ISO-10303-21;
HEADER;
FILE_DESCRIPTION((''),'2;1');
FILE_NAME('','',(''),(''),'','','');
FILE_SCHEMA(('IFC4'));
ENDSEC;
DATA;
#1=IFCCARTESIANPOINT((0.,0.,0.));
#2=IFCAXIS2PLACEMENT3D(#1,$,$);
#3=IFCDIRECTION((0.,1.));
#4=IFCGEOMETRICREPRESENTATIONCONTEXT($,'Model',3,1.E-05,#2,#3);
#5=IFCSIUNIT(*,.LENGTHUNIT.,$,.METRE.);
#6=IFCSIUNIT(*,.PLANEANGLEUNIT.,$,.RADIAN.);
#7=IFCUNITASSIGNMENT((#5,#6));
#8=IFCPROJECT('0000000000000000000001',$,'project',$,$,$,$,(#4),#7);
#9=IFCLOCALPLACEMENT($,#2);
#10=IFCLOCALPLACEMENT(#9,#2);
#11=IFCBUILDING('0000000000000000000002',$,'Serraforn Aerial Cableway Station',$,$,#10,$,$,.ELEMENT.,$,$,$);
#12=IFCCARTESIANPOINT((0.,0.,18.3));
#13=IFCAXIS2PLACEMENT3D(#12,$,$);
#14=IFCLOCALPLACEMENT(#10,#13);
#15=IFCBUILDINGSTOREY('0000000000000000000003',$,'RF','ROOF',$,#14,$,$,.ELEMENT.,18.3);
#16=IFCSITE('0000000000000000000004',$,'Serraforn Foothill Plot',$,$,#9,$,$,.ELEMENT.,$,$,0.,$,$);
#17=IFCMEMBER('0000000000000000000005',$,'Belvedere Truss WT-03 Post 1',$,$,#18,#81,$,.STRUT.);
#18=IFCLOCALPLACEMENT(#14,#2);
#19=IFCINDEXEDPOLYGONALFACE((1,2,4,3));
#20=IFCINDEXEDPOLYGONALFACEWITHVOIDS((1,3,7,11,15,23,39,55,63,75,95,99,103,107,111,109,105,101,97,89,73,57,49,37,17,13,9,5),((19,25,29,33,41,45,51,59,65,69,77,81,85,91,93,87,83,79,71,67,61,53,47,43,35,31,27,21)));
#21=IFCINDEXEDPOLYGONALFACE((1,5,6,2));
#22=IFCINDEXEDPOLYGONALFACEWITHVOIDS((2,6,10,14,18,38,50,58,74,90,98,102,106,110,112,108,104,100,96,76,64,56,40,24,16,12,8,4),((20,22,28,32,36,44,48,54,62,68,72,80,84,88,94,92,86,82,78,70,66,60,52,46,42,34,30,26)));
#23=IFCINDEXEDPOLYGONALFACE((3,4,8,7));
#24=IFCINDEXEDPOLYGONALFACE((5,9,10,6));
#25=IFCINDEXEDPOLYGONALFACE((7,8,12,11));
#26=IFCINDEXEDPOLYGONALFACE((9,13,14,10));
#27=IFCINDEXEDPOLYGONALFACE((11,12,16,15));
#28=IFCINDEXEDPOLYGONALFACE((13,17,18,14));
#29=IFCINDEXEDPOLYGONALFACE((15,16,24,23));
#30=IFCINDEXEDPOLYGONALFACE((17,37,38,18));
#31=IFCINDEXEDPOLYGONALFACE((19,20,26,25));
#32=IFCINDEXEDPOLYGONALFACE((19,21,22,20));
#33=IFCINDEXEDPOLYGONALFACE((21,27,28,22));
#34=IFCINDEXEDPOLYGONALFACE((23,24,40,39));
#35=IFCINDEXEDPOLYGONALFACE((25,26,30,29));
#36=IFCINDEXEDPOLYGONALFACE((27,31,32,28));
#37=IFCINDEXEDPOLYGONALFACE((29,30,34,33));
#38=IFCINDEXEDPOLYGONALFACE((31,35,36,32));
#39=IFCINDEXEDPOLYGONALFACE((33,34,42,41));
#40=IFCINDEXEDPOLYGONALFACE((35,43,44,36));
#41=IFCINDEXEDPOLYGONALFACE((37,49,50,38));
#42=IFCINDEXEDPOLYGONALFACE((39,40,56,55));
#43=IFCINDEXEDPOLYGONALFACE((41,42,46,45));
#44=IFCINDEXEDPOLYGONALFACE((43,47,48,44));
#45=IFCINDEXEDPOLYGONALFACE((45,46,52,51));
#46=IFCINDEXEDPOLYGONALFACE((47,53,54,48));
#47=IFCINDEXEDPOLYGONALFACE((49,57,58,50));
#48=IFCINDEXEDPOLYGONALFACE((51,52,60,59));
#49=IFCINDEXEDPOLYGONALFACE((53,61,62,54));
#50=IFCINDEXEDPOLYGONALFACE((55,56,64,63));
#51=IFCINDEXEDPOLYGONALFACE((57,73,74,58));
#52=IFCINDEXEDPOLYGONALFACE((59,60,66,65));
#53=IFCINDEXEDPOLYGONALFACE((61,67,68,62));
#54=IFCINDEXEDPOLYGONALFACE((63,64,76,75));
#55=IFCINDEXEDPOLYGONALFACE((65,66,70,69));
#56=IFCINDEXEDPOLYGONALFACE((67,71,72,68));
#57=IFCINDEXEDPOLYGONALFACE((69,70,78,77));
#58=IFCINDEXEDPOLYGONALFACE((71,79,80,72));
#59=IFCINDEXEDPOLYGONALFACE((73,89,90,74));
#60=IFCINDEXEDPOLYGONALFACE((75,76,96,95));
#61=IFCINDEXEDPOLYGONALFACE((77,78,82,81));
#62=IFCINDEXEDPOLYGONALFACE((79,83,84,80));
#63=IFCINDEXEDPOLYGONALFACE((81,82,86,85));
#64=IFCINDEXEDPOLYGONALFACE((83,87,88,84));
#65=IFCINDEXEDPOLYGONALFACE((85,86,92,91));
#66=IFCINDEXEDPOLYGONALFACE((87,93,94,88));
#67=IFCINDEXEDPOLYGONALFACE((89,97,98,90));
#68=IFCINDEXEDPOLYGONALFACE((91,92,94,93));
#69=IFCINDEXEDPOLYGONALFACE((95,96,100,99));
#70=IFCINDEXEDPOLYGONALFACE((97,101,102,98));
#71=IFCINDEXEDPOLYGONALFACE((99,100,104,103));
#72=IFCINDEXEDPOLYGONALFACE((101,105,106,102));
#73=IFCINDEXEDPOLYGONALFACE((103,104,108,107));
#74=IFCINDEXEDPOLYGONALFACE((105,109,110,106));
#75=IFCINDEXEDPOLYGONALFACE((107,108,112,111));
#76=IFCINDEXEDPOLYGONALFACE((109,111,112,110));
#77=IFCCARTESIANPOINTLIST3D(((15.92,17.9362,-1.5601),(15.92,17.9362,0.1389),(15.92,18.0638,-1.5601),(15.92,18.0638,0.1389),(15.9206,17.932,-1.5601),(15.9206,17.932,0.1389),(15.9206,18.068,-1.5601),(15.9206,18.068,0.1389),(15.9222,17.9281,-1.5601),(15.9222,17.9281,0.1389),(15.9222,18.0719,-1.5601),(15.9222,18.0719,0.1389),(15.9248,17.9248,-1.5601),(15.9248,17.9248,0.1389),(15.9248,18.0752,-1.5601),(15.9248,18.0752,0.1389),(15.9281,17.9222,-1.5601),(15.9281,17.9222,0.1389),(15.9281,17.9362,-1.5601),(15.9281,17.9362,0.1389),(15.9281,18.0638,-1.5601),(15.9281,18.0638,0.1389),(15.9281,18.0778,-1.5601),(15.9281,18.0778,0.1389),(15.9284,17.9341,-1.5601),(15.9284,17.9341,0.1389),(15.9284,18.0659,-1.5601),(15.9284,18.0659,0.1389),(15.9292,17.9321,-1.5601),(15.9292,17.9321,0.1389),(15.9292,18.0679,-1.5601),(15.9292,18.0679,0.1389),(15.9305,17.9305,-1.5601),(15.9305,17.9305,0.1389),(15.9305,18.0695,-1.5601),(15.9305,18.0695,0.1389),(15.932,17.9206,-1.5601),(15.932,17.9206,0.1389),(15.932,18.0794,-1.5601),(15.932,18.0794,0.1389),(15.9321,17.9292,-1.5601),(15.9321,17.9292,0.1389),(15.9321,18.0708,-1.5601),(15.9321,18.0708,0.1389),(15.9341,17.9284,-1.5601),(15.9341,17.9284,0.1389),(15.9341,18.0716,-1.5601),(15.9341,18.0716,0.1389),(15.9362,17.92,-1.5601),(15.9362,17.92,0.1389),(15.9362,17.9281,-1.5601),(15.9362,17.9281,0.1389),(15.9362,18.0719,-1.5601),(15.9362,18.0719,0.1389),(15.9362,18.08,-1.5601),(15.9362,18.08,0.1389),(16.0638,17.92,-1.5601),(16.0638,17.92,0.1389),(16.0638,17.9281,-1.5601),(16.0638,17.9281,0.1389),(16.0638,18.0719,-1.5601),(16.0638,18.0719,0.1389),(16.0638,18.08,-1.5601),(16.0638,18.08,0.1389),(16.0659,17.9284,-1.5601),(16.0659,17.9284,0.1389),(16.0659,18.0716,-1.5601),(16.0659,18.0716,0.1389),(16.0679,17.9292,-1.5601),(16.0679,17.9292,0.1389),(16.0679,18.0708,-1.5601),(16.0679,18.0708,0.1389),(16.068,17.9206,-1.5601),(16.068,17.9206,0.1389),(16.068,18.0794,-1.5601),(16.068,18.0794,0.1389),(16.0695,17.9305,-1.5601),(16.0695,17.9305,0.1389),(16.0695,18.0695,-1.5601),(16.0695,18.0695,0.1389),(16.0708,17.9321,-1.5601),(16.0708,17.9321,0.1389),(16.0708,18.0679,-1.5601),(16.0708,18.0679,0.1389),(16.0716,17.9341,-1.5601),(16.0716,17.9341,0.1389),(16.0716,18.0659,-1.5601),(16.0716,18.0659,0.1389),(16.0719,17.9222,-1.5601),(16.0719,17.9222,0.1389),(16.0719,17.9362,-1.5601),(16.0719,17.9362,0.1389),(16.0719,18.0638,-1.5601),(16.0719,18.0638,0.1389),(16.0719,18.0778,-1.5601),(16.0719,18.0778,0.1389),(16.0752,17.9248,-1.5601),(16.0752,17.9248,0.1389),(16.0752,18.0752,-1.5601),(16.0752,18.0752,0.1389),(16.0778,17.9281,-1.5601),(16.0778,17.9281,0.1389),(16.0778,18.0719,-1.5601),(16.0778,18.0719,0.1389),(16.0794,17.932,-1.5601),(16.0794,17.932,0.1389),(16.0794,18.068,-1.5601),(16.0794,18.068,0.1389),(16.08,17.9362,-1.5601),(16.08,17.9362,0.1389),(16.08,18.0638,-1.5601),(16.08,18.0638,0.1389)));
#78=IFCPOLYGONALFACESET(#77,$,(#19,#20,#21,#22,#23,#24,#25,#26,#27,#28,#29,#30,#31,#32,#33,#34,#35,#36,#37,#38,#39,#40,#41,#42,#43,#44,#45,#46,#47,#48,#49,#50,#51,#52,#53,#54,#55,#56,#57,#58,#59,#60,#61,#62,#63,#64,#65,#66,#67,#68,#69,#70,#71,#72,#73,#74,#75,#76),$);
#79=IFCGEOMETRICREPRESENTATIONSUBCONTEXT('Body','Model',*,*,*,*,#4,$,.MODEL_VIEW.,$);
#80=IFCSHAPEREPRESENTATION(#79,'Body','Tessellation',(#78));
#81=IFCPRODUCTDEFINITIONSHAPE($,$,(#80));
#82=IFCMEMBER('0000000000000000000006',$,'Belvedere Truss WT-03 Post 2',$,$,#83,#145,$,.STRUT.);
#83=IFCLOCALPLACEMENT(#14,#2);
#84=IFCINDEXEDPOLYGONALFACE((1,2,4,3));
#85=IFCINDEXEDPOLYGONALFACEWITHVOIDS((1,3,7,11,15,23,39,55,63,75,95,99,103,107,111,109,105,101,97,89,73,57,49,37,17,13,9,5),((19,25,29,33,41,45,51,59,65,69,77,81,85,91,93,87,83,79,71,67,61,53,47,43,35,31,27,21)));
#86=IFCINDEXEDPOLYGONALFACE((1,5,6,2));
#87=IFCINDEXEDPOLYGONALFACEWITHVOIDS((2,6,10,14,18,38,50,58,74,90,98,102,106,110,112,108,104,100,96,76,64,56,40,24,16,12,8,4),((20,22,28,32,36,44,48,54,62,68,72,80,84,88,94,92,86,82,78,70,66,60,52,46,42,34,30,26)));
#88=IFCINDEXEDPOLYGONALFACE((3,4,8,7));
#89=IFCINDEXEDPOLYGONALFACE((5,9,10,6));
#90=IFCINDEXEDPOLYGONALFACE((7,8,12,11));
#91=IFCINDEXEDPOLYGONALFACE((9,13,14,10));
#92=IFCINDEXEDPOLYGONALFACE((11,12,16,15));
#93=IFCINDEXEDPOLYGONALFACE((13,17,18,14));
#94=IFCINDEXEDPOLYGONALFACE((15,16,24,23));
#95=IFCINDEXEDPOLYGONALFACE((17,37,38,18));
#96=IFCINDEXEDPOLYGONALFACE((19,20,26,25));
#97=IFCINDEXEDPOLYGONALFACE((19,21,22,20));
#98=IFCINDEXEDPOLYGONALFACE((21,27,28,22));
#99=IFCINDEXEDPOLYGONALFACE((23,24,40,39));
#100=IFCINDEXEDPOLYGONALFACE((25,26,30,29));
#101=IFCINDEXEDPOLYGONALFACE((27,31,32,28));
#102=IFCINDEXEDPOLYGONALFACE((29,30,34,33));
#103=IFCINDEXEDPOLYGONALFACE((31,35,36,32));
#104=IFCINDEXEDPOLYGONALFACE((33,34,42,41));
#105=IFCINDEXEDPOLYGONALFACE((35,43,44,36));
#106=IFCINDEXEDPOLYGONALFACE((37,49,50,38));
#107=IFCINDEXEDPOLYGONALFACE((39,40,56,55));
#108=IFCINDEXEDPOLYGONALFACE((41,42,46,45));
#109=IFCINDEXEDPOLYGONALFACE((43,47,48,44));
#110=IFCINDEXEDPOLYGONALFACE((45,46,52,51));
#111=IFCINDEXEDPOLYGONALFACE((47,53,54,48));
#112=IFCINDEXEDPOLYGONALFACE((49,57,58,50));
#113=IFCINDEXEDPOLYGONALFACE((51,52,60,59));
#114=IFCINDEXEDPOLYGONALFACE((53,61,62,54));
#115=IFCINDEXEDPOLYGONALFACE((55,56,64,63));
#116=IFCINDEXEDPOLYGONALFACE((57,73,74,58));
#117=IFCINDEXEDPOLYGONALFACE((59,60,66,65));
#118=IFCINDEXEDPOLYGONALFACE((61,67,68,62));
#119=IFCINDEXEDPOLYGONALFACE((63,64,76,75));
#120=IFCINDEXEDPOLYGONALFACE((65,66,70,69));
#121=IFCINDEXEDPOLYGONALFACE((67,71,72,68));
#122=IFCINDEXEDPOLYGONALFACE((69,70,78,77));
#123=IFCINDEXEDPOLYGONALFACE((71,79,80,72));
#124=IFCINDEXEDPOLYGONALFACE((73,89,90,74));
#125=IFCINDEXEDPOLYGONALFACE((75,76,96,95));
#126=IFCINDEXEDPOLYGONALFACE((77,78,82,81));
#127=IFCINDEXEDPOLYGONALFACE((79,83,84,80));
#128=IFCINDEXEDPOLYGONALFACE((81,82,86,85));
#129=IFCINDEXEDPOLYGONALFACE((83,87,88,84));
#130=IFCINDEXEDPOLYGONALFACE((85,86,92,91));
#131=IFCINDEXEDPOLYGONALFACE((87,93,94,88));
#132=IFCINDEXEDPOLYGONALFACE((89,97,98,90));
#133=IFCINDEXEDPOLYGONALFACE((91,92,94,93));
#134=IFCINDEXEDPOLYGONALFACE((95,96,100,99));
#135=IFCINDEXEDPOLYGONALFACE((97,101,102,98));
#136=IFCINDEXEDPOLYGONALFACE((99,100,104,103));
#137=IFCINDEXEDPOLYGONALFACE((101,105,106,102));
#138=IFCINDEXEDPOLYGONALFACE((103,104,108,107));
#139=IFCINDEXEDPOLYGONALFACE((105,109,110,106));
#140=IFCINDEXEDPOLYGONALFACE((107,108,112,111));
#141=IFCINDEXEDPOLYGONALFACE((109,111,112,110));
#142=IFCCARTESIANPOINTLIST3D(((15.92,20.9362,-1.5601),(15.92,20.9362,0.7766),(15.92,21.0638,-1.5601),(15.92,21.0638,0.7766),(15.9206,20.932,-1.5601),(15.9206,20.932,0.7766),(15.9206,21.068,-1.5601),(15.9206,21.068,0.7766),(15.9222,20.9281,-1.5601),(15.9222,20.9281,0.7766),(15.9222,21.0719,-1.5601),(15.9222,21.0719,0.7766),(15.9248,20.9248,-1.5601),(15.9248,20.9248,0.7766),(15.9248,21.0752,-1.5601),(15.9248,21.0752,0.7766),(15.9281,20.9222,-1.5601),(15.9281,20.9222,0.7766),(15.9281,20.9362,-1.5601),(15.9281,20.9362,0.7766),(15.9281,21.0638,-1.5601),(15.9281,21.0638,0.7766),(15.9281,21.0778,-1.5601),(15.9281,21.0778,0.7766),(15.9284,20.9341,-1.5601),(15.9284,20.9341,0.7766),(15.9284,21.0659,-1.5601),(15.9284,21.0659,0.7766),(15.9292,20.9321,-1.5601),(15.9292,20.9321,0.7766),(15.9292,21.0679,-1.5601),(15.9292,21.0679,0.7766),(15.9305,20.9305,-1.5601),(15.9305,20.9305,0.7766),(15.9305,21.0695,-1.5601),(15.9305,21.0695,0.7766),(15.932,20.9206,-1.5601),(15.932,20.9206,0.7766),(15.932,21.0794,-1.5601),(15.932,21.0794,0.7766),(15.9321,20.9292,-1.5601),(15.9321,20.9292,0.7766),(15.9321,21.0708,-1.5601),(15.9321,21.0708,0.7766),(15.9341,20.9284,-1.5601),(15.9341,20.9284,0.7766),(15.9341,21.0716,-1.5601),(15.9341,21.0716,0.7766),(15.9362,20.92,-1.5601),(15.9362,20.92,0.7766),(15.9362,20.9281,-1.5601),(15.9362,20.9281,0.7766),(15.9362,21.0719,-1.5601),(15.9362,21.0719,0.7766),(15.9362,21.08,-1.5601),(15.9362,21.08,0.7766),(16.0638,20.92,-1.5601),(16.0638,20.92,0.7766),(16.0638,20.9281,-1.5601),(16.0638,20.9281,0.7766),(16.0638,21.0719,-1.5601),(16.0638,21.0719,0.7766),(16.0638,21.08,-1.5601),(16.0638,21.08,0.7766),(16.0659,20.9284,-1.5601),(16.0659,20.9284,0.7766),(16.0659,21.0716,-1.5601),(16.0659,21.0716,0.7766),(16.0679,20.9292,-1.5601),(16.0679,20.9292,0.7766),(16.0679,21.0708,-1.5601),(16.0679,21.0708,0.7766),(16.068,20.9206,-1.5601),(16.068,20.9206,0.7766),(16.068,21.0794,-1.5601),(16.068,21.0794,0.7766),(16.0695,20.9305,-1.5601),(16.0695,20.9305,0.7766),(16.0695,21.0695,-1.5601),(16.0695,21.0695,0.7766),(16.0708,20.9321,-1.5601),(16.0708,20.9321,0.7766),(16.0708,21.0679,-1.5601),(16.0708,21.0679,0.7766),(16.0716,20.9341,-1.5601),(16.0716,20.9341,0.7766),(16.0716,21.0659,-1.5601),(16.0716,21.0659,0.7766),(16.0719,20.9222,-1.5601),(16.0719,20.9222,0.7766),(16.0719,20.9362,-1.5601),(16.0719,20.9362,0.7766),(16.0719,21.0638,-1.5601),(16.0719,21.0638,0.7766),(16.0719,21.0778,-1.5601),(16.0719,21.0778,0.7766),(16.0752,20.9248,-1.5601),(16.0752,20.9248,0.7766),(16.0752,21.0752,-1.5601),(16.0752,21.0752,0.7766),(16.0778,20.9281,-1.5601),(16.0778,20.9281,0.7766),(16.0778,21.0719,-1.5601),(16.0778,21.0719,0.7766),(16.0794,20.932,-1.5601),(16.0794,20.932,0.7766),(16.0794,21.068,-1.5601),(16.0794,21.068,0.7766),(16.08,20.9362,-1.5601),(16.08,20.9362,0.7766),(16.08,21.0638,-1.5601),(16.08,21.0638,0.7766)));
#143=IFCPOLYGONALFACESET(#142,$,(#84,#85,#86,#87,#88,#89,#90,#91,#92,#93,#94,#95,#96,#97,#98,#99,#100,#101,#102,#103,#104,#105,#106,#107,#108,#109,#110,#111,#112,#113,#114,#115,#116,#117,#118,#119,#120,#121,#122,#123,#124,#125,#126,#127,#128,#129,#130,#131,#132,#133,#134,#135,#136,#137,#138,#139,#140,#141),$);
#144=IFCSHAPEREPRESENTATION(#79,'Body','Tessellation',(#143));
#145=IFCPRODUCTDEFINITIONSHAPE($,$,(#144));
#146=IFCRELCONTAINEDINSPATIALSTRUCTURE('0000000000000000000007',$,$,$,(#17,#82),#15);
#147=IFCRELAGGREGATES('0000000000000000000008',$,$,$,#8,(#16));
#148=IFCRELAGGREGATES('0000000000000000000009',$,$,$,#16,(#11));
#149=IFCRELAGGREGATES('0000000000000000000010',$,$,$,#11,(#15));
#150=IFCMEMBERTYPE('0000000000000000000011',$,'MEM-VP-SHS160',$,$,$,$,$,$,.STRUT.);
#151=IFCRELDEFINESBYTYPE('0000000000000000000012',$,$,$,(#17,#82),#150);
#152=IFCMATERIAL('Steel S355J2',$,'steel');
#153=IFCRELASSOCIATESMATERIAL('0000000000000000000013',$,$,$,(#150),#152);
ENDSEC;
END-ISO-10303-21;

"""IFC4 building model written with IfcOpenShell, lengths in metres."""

from ifc_helpers import new_model, si_unit, direction, frame, origin, origin_2d, place, context, subcontext, project, spatial, hollow_rectangle, extrude, material, material_profile, profile_set, type_object, element, save


model = new_model("IFC4")

# Units and contexts
model_context = context("Model", 3, precision=1e-05, world=origin(), true_north=direction((0.0, 1.0)))
body_context = subcontext(model_context, "Body", "Model", "MODEL_VIEW")
ifc_project = project(units=[si_unit("LENGTHUNIT", "METRE"), si_unit("PLANEANGLEUNIT", "RADIAN")], contexts=[model_context])

# Site, building, storey
site_placement = place(None, origin())
site = spatial("IfcSite", under=ifc_project, at=site_placement, Name="Serraforn Foothill Plot", CompositionType="ELEMENT", RefElevation=0.0)
building_placement = place(site_placement, origin())
building = spatial("IfcBuilding", under=site, at=building_placement, Name="Serraforn Aerial Cableway Station", CompositionType="ELEMENT")
storey_placement = place(building_placement, frame((0.0, 0.0, 18.3)))
storey = spatial("IfcBuildingStorey", under=building, at=storey_placement, Name="RF", Description="ROOF", CompositionType="ELEMENT", Elevation=18.3)

# Members
ifc_material_1 = material(Name="Steel S355J2", Category="steel")
ifc_material_profile_1 = material_profile(ifc_material_1, hollow_rectangle(XDim=0.1599, YDim=0.1599, WallThickness=0.0081, InnerFilletRadius=0.0081, OuterFilletRadius=0.0161, at=origin_2d()), Name="SHS 160x160x8.0")
ifc_profile_set_1 = profile_set([ifc_material_profile_1], Name="Steel S355J2")
member_type_1 = type_object("IfcMemberType", Name="MEM-VP-SHS160", PredefinedType="STRUT", material=ifc_profile_set_1)
member_1_placement = place(storey_placement, frame((16.0, 18.0, -1.5601), z_axis=(0.0, 0.0, 1.0), x_axis=(1.0, 0.0, 0.0)))
element("IfcMember", 1, at=member_1_placement, inside=storey, type_object=member_type_1, Name="Belvedere Truss WT-03 Post 1", PredefinedType="STRUT", context=body_context, shape_type="SweptSolid", body=[
    extrude(hollow_rectangle(XDim=0.1599, YDim=0.1599, WallThickness=0.0081, InnerFilletRadius=0.0081, OuterFilletRadius=0.0161, at=origin_2d()), origin(), (0.0, 0.0, 1.0), 1.699),
])
member_2_placement = place(storey_placement, frame((16.0, 21.0, -1.5601), z_axis=(0.0, 0.0, 1.0), x_axis=(1.0, 0.0, 0.0)))
element("IfcMember", 2, at=member_2_placement, inside=storey, type_object=member_type_1, Name="Belvedere Truss WT-03 Post 2", PredefinedType="STRUT", context=body_context, shape_type="SweptSolid", body=[
    extrude(hollow_rectangle(XDim=0.1599, YDim=0.1599, WallThickness=0.0081, InnerFilletRadius=0.0081, OuterFilletRadius=0.0161, at=origin_2d()), origin(), (0.0, 0.0, 1.0), 2.3367),
])

save(model, "model.ifc")
